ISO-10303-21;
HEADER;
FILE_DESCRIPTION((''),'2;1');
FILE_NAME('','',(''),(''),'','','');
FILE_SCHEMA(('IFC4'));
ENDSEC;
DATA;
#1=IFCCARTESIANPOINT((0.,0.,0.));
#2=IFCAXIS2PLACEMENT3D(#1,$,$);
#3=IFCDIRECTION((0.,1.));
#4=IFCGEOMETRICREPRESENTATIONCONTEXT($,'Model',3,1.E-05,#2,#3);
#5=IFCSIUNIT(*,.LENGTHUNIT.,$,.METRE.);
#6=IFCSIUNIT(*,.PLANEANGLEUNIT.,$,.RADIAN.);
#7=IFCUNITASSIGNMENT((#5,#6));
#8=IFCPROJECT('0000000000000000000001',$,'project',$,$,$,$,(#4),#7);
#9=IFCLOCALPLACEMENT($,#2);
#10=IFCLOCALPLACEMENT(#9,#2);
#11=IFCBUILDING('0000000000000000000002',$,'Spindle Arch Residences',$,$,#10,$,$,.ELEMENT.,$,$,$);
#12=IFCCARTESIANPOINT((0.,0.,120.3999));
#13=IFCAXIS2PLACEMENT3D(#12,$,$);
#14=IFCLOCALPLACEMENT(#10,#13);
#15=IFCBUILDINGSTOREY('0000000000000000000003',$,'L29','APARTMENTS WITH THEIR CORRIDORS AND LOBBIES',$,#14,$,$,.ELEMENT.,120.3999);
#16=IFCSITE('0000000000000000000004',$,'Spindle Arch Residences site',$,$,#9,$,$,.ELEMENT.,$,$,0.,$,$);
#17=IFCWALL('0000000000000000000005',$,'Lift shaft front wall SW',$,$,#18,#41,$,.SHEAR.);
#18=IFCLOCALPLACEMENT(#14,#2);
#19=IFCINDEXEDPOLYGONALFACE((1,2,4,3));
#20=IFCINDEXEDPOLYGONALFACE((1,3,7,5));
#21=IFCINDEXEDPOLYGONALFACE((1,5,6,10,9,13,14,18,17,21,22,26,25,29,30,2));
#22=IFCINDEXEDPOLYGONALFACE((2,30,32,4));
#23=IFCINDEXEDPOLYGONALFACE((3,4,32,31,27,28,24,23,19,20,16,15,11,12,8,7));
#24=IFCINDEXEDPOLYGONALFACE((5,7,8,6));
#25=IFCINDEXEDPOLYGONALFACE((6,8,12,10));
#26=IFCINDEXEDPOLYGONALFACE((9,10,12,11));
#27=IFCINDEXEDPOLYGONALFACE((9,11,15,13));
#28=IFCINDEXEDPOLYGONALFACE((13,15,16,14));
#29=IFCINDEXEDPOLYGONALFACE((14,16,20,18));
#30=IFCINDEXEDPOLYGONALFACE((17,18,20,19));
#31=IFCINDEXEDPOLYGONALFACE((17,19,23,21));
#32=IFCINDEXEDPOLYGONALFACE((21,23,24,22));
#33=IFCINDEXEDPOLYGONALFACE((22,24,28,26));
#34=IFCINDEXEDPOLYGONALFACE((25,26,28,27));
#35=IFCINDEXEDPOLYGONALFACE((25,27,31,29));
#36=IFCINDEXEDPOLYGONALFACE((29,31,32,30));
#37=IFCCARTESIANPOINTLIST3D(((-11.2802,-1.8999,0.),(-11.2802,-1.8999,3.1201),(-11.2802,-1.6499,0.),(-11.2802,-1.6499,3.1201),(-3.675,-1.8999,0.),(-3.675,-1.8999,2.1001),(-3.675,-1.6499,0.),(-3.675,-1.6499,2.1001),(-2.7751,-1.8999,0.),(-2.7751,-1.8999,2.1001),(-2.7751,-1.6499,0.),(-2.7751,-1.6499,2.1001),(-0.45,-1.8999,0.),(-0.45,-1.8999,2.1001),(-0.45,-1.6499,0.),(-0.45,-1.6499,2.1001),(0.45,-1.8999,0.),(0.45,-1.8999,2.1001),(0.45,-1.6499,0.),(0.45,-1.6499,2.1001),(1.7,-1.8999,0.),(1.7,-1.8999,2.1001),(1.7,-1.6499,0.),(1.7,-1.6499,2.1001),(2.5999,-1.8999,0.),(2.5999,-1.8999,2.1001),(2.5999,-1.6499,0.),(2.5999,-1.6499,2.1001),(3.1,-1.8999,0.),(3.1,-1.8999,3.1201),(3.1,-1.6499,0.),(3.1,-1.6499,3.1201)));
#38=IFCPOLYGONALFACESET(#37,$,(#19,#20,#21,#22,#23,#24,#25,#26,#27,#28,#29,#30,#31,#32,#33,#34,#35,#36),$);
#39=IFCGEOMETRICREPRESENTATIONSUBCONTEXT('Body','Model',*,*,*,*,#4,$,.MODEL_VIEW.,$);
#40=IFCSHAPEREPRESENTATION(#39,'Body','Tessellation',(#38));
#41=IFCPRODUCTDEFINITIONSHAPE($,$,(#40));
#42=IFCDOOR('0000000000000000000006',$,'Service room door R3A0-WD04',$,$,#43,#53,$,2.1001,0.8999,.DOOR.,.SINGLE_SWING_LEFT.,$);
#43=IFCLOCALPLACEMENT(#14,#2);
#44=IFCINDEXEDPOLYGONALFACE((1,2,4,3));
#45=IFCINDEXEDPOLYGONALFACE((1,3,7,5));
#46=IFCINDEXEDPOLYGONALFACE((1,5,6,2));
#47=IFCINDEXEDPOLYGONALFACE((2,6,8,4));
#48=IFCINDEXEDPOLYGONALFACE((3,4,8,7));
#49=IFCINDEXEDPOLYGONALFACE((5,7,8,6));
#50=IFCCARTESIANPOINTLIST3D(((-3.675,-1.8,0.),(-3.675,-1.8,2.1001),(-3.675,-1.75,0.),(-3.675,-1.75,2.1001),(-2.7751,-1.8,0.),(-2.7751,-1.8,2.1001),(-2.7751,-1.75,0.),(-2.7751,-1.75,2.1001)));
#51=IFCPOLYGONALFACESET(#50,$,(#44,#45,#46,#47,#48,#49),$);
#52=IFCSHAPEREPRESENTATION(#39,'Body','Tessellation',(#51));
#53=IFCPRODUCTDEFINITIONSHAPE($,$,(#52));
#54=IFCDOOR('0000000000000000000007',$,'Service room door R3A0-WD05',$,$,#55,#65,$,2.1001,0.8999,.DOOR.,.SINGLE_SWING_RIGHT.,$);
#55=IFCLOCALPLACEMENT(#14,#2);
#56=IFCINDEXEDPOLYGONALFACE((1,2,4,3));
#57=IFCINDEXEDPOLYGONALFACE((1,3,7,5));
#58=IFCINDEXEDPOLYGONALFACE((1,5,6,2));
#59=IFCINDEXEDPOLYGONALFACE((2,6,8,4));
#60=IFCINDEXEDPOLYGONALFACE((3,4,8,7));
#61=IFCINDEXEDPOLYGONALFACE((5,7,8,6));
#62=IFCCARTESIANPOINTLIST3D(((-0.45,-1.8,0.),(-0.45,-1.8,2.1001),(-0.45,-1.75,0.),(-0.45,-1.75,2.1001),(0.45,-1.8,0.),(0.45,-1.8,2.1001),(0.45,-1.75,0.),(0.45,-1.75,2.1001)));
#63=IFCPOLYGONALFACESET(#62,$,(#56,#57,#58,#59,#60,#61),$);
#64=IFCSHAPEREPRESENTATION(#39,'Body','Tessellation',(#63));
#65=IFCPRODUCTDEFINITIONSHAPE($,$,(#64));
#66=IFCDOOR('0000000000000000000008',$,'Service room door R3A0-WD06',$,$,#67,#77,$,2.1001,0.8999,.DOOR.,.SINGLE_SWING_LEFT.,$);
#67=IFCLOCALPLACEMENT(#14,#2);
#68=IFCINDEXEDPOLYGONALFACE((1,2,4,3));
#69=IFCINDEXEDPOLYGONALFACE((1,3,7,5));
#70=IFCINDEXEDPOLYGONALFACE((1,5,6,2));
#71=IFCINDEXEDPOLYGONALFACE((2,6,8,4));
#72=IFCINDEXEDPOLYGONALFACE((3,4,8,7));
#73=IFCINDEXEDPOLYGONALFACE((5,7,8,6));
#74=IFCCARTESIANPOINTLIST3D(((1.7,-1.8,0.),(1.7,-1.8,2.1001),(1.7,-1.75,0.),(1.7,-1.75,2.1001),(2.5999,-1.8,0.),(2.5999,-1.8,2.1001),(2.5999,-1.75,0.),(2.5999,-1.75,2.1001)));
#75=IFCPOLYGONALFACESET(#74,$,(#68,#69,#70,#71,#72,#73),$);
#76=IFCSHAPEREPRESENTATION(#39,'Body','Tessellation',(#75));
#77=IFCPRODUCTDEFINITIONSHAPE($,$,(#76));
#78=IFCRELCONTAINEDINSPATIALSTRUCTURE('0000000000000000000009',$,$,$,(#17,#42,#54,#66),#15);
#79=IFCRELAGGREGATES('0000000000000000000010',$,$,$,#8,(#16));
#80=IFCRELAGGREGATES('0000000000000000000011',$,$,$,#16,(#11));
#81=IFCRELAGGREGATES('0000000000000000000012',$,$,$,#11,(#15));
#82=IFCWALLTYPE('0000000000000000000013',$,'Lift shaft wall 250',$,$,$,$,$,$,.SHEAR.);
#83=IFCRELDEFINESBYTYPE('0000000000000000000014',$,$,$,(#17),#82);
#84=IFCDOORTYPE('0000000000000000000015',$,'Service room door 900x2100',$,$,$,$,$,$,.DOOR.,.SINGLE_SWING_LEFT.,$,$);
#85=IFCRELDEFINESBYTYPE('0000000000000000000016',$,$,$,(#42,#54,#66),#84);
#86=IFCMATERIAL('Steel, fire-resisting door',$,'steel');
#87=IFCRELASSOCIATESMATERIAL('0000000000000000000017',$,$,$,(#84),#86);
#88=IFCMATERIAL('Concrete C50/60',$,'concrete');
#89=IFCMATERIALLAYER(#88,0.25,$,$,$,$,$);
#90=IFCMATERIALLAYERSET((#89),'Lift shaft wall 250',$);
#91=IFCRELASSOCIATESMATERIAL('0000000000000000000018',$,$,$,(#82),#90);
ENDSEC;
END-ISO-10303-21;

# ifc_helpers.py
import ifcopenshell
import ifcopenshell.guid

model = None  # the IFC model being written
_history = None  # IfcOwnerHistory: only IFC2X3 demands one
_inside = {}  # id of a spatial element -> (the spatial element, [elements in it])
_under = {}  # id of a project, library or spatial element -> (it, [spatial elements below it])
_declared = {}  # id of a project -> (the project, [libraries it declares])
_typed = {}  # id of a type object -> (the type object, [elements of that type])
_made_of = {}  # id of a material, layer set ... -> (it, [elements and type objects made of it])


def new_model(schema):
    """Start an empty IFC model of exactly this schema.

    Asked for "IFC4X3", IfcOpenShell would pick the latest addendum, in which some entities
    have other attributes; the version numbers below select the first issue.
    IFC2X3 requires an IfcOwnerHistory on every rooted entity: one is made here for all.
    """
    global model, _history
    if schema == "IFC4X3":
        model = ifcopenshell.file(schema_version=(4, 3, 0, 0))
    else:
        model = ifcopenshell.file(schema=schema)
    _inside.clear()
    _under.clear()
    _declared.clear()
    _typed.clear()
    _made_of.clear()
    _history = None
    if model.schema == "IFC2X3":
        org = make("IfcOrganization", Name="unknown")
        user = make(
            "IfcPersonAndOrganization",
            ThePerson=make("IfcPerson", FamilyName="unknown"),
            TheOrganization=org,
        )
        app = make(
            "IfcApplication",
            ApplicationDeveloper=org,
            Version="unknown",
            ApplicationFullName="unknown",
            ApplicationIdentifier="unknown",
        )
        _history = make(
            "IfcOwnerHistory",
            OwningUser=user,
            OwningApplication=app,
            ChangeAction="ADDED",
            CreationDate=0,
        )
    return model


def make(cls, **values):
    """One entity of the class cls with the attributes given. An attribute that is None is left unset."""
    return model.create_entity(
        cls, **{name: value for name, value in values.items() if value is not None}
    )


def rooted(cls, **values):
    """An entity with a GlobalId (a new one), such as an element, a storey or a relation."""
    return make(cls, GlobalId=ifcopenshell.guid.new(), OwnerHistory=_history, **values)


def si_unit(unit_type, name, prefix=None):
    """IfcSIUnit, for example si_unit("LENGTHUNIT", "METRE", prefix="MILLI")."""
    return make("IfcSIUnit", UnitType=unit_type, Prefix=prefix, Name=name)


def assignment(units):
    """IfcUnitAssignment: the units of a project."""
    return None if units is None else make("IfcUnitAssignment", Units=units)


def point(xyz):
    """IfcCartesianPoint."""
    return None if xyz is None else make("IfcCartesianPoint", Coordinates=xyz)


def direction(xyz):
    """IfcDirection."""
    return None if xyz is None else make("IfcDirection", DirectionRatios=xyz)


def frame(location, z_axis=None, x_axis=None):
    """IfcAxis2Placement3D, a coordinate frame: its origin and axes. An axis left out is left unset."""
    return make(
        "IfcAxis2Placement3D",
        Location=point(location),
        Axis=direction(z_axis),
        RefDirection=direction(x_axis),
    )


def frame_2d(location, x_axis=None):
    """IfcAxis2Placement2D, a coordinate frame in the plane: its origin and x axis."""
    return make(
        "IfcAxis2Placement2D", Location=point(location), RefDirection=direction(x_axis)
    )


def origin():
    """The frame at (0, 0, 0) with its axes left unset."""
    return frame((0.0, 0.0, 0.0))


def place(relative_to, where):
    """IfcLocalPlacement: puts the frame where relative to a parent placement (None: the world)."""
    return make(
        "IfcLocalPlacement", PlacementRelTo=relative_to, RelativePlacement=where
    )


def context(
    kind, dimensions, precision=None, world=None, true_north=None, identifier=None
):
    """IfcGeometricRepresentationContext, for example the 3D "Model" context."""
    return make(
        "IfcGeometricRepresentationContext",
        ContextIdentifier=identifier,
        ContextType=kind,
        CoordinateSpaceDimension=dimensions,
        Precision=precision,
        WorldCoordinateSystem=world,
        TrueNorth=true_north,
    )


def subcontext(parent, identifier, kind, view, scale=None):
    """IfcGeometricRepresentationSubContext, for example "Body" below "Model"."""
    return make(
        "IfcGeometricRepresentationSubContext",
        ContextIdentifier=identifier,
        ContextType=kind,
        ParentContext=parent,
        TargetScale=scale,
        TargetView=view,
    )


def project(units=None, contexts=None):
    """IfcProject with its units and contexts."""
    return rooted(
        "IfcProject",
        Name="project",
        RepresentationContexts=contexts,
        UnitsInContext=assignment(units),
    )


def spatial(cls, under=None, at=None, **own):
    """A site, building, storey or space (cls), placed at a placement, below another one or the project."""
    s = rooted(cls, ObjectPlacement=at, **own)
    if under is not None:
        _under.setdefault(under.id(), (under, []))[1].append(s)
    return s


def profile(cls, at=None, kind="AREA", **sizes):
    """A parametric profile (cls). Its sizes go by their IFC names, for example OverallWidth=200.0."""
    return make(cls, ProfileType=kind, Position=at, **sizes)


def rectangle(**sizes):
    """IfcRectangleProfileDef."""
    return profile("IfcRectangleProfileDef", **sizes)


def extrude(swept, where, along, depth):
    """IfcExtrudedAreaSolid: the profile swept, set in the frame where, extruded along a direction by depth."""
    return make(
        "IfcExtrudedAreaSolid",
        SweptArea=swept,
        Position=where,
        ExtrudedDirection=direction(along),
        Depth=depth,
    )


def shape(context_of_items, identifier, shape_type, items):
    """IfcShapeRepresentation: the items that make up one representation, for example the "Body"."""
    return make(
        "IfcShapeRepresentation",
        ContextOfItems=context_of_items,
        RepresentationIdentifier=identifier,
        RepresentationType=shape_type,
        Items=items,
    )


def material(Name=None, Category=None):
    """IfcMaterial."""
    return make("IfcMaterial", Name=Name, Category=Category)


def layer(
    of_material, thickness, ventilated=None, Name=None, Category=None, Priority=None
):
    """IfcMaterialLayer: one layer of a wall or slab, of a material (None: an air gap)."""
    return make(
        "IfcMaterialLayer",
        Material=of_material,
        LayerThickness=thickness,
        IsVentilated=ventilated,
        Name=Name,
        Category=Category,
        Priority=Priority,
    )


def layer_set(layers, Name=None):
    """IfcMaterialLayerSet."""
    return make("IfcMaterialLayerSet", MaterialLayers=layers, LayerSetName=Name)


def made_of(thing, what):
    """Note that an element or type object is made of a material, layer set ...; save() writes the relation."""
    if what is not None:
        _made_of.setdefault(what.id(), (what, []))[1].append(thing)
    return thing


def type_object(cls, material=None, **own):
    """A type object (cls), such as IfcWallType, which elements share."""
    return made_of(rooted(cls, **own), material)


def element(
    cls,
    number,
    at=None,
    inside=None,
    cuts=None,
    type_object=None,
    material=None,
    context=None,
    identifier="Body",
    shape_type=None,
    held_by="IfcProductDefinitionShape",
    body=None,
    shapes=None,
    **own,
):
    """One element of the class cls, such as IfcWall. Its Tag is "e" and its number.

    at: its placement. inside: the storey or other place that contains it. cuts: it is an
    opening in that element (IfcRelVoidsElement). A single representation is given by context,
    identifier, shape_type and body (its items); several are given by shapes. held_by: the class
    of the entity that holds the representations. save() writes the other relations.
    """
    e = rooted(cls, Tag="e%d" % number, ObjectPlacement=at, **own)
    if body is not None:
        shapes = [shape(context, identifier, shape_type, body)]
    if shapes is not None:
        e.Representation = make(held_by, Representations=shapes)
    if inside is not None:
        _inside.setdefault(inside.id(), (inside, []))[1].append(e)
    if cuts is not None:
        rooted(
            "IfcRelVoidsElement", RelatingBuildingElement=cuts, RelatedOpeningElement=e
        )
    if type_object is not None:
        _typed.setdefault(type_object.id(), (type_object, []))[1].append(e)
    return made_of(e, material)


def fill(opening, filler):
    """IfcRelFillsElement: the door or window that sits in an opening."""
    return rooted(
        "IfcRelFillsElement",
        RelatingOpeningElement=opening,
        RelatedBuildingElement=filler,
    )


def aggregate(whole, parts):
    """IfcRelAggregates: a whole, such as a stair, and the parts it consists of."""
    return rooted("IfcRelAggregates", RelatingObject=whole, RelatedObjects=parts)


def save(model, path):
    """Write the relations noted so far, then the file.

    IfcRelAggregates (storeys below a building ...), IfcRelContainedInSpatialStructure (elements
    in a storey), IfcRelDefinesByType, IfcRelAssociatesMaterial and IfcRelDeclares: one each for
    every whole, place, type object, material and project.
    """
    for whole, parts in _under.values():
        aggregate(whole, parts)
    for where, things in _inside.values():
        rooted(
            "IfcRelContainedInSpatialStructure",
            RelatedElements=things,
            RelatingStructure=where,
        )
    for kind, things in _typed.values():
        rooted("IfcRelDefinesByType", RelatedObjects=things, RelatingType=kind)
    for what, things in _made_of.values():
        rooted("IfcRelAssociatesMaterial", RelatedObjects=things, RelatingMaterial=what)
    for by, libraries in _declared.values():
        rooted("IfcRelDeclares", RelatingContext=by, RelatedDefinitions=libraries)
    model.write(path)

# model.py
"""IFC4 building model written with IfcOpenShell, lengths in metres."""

from ifc_helpers import new_model, si_unit, direction, frame, frame_2d, origin, place, context, subcontext, project, spatial, rectangle, extrude, material, layer, layer_set, type_object, element, fill, save


model = new_model("IFC4")

# Units and contexts
model_context = context("Model", 3, precision=1e-05, world=origin(), true_north=direction((0.0, 1.0)))
body_context = subcontext(model_context, "Body", "Model", "MODEL_VIEW")
ifc_project = project(units=[si_unit("LENGTHUNIT", "METRE"), si_unit("PLANEANGLEUNIT", "RADIAN")], contexts=[model_context])

# Site, building, storey
site_placement = place(None, origin())
site = spatial("IfcSite", under=ifc_project, at=site_placement, Name="Spindle Arch Residences site", CompositionType="ELEMENT", RefElevation=0.0)
building_placement = place(site_placement, origin())
building = spatial("IfcBuilding", under=site, at=building_placement, Name="Spindle Arch Residences", CompositionType="ELEMENT")
storey_placement = place(building_placement, frame((0.0, 0.0, 120.3999)))
storey = spatial("IfcBuildingStorey", under=building, at=storey_placement, Name="L29", Description="APARTMENTS WITH THEIR CORRIDORS AND LOBBIES", CompositionType="ELEMENT", Elevation=120.3999)

# Shared definitions
ifc_material_1 = material(Name="Steel, fire-resisting door", Category="steel")
door_type_1 = type_object("IfcDoorType", Name="Service room door 900x2100", OperationType="SINGLE_SWING_LEFT", PredefinedType="DOOR", material=ifc_material_1)

# Wall, openings, doors
ifc_material_2 = material(Name="Concrete C50/60", Category="concrete")
ifc_layer_1 = layer(ifc_material_2, 0.25)
ifc_layer_set_1 = layer_set([ifc_layer_1], Name="Lift shaft wall 250")
wall_type_1 = type_object("IfcWallType", Name="Lift shaft wall 250", PredefinedType="SHEAR", material=ifc_layer_set_1)
wall_1_placement = place(storey_placement, frame((-11.28, -1.7749, 0.0), z_axis=(0.0, 0.0, 1.0), x_axis=(1.0, 0.0, 0.0)))
wall_1 = element("IfcWall", 1, at=wall_1_placement, inside=storey, type_object=wall_type_1, Name="Lift shaft front wall SW", PredefinedType="SHEAR", context=body_context, shape_type="SweptSolid", body=[
    extrude(rectangle(XDim=14.3801, YDim=0.25, at=frame_2d((7.1899, 0.0))), origin(), (0.0, 0.0, 1.0), 3.1201),
])
opening_1_placement = place(wall_1_placement, frame((7.605, 0.0, 0.0)))
opening_1 = element("IfcOpeningElement", 2, at=opening_1_placement, cuts=wall_1, PredefinedType="OPENING", context=body_context, shape_type="SweptSolid", body=[
    extrude(rectangle(XDim=0.8999, YDim=2.1001, at=frame_2d((0.45, 1.05))), frame((0.0, 0.135, 0.0), z_axis=(0.0, -1.0, 0.0), x_axis=(1.0, 0.0, 0.0)), (0.0, 0.0, 1.0), 0.27),
])
opening_2_placement = place(wall_1_placement, frame((10.8301, 0.0, 0.0)))
opening_2 = element("IfcOpeningElement", 3, at=opening_2_placement, cuts=wall_1, PredefinedType="OPENING", context=body_context, shape_type="SweptSolid", body=[
    extrude(rectangle(XDim=0.8999, YDim=2.1001, at=frame_2d((0.45, 1.05))), frame((0.0, 0.135, 0.0), z_axis=(0.0, -1.0, 0.0), x_axis=(1.0, 0.0, 0.0)), (0.0, 0.0, 1.0), 0.27),
])
opening_3_placement = place(wall_1_placement, frame((12.98, 0.0, 0.0)))
opening_3 = element("IfcOpeningElement", 4, at=opening_3_placement, cuts=wall_1, PredefinedType="OPENING", context=body_context, shape_type="SweptSolid", body=[
    extrude(rectangle(XDim=0.8999, YDim=2.1001, at=frame_2d((0.45, 1.05))), frame((0.0, 0.135, 0.0), z_axis=(0.0, -1.0, 0.0), x_axis=(1.0, 0.0, 0.0)), (0.0, 0.0, 1.0), 0.27),
])
door_1_placement = place(opening_1_placement, origin())
door_1 = element("IfcDoor", 5, at=door_1_placement, inside=storey, type_object=door_type_1, Name="Service room door R3A0-WD04", OperationType="SINGLE_SWING_LEFT", OverallHeight=2.1001, OverallWidth=0.8999, PredefinedType="DOOR", context=body_context, shape_type="SweptSolid", body=[
    extrude(rectangle(XDim=0.8999, YDim=2.1001, at=frame_2d((0.45, 1.05))), frame((0.0, 0.0249, 0.0), z_axis=(0.0, -1.0, 0.0), x_axis=(1.0, 0.0, 0.0)), (0.0, 0.0, 1.0), 0.05),
])
fill(opening_1, door_1)
door_2_placement = place(opening_2_placement, origin())
door_2 = element("IfcDoor", 6, at=door_2_placement, inside=storey, type_object=door_type_1, Name="Service room door R3A0-WD05", OperationType="SINGLE_SWING_RIGHT", OverallHeight=2.1001, OverallWidth=0.8999, PredefinedType="DOOR", context=body_context, shape_type="SweptSolid", body=[
    extrude(rectangle(XDim=0.8999, YDim=2.1001, at=frame_2d((0.45, 1.05))), frame((0.0, 0.0249, 0.0), z_axis=(0.0, -1.0, 0.0), x_axis=(1.0, 0.0, 0.0)), (0.0, 0.0, 1.0), 0.05),
])
fill(opening_2, door_2)
door_3_placement = place(opening_3_placement, origin())
door_3 = element("IfcDoor", 7, at=door_3_placement, inside=storey, type_object=door_type_1, Name="Service room door R3A0-WD06", OperationType="SINGLE_SWING_LEFT", OverallHeight=2.1001, OverallWidth=0.8999, PredefinedType="DOOR", context=body_context, shape_type="SweptSolid", body=[
    extrude(rectangle(XDim=0.8999, YDim=2.1001, at=frame_2d((0.45, 1.05))), frame((0.0, 0.0249, 0.0), z_axis=(0.0, -1.0, 0.0), x_axis=(1.0, 0.0, 0.0)), (0.0, 0.0, 1.0), 0.05),
])
fill(opening_3, door_3)

save(model, "model.ifc")
